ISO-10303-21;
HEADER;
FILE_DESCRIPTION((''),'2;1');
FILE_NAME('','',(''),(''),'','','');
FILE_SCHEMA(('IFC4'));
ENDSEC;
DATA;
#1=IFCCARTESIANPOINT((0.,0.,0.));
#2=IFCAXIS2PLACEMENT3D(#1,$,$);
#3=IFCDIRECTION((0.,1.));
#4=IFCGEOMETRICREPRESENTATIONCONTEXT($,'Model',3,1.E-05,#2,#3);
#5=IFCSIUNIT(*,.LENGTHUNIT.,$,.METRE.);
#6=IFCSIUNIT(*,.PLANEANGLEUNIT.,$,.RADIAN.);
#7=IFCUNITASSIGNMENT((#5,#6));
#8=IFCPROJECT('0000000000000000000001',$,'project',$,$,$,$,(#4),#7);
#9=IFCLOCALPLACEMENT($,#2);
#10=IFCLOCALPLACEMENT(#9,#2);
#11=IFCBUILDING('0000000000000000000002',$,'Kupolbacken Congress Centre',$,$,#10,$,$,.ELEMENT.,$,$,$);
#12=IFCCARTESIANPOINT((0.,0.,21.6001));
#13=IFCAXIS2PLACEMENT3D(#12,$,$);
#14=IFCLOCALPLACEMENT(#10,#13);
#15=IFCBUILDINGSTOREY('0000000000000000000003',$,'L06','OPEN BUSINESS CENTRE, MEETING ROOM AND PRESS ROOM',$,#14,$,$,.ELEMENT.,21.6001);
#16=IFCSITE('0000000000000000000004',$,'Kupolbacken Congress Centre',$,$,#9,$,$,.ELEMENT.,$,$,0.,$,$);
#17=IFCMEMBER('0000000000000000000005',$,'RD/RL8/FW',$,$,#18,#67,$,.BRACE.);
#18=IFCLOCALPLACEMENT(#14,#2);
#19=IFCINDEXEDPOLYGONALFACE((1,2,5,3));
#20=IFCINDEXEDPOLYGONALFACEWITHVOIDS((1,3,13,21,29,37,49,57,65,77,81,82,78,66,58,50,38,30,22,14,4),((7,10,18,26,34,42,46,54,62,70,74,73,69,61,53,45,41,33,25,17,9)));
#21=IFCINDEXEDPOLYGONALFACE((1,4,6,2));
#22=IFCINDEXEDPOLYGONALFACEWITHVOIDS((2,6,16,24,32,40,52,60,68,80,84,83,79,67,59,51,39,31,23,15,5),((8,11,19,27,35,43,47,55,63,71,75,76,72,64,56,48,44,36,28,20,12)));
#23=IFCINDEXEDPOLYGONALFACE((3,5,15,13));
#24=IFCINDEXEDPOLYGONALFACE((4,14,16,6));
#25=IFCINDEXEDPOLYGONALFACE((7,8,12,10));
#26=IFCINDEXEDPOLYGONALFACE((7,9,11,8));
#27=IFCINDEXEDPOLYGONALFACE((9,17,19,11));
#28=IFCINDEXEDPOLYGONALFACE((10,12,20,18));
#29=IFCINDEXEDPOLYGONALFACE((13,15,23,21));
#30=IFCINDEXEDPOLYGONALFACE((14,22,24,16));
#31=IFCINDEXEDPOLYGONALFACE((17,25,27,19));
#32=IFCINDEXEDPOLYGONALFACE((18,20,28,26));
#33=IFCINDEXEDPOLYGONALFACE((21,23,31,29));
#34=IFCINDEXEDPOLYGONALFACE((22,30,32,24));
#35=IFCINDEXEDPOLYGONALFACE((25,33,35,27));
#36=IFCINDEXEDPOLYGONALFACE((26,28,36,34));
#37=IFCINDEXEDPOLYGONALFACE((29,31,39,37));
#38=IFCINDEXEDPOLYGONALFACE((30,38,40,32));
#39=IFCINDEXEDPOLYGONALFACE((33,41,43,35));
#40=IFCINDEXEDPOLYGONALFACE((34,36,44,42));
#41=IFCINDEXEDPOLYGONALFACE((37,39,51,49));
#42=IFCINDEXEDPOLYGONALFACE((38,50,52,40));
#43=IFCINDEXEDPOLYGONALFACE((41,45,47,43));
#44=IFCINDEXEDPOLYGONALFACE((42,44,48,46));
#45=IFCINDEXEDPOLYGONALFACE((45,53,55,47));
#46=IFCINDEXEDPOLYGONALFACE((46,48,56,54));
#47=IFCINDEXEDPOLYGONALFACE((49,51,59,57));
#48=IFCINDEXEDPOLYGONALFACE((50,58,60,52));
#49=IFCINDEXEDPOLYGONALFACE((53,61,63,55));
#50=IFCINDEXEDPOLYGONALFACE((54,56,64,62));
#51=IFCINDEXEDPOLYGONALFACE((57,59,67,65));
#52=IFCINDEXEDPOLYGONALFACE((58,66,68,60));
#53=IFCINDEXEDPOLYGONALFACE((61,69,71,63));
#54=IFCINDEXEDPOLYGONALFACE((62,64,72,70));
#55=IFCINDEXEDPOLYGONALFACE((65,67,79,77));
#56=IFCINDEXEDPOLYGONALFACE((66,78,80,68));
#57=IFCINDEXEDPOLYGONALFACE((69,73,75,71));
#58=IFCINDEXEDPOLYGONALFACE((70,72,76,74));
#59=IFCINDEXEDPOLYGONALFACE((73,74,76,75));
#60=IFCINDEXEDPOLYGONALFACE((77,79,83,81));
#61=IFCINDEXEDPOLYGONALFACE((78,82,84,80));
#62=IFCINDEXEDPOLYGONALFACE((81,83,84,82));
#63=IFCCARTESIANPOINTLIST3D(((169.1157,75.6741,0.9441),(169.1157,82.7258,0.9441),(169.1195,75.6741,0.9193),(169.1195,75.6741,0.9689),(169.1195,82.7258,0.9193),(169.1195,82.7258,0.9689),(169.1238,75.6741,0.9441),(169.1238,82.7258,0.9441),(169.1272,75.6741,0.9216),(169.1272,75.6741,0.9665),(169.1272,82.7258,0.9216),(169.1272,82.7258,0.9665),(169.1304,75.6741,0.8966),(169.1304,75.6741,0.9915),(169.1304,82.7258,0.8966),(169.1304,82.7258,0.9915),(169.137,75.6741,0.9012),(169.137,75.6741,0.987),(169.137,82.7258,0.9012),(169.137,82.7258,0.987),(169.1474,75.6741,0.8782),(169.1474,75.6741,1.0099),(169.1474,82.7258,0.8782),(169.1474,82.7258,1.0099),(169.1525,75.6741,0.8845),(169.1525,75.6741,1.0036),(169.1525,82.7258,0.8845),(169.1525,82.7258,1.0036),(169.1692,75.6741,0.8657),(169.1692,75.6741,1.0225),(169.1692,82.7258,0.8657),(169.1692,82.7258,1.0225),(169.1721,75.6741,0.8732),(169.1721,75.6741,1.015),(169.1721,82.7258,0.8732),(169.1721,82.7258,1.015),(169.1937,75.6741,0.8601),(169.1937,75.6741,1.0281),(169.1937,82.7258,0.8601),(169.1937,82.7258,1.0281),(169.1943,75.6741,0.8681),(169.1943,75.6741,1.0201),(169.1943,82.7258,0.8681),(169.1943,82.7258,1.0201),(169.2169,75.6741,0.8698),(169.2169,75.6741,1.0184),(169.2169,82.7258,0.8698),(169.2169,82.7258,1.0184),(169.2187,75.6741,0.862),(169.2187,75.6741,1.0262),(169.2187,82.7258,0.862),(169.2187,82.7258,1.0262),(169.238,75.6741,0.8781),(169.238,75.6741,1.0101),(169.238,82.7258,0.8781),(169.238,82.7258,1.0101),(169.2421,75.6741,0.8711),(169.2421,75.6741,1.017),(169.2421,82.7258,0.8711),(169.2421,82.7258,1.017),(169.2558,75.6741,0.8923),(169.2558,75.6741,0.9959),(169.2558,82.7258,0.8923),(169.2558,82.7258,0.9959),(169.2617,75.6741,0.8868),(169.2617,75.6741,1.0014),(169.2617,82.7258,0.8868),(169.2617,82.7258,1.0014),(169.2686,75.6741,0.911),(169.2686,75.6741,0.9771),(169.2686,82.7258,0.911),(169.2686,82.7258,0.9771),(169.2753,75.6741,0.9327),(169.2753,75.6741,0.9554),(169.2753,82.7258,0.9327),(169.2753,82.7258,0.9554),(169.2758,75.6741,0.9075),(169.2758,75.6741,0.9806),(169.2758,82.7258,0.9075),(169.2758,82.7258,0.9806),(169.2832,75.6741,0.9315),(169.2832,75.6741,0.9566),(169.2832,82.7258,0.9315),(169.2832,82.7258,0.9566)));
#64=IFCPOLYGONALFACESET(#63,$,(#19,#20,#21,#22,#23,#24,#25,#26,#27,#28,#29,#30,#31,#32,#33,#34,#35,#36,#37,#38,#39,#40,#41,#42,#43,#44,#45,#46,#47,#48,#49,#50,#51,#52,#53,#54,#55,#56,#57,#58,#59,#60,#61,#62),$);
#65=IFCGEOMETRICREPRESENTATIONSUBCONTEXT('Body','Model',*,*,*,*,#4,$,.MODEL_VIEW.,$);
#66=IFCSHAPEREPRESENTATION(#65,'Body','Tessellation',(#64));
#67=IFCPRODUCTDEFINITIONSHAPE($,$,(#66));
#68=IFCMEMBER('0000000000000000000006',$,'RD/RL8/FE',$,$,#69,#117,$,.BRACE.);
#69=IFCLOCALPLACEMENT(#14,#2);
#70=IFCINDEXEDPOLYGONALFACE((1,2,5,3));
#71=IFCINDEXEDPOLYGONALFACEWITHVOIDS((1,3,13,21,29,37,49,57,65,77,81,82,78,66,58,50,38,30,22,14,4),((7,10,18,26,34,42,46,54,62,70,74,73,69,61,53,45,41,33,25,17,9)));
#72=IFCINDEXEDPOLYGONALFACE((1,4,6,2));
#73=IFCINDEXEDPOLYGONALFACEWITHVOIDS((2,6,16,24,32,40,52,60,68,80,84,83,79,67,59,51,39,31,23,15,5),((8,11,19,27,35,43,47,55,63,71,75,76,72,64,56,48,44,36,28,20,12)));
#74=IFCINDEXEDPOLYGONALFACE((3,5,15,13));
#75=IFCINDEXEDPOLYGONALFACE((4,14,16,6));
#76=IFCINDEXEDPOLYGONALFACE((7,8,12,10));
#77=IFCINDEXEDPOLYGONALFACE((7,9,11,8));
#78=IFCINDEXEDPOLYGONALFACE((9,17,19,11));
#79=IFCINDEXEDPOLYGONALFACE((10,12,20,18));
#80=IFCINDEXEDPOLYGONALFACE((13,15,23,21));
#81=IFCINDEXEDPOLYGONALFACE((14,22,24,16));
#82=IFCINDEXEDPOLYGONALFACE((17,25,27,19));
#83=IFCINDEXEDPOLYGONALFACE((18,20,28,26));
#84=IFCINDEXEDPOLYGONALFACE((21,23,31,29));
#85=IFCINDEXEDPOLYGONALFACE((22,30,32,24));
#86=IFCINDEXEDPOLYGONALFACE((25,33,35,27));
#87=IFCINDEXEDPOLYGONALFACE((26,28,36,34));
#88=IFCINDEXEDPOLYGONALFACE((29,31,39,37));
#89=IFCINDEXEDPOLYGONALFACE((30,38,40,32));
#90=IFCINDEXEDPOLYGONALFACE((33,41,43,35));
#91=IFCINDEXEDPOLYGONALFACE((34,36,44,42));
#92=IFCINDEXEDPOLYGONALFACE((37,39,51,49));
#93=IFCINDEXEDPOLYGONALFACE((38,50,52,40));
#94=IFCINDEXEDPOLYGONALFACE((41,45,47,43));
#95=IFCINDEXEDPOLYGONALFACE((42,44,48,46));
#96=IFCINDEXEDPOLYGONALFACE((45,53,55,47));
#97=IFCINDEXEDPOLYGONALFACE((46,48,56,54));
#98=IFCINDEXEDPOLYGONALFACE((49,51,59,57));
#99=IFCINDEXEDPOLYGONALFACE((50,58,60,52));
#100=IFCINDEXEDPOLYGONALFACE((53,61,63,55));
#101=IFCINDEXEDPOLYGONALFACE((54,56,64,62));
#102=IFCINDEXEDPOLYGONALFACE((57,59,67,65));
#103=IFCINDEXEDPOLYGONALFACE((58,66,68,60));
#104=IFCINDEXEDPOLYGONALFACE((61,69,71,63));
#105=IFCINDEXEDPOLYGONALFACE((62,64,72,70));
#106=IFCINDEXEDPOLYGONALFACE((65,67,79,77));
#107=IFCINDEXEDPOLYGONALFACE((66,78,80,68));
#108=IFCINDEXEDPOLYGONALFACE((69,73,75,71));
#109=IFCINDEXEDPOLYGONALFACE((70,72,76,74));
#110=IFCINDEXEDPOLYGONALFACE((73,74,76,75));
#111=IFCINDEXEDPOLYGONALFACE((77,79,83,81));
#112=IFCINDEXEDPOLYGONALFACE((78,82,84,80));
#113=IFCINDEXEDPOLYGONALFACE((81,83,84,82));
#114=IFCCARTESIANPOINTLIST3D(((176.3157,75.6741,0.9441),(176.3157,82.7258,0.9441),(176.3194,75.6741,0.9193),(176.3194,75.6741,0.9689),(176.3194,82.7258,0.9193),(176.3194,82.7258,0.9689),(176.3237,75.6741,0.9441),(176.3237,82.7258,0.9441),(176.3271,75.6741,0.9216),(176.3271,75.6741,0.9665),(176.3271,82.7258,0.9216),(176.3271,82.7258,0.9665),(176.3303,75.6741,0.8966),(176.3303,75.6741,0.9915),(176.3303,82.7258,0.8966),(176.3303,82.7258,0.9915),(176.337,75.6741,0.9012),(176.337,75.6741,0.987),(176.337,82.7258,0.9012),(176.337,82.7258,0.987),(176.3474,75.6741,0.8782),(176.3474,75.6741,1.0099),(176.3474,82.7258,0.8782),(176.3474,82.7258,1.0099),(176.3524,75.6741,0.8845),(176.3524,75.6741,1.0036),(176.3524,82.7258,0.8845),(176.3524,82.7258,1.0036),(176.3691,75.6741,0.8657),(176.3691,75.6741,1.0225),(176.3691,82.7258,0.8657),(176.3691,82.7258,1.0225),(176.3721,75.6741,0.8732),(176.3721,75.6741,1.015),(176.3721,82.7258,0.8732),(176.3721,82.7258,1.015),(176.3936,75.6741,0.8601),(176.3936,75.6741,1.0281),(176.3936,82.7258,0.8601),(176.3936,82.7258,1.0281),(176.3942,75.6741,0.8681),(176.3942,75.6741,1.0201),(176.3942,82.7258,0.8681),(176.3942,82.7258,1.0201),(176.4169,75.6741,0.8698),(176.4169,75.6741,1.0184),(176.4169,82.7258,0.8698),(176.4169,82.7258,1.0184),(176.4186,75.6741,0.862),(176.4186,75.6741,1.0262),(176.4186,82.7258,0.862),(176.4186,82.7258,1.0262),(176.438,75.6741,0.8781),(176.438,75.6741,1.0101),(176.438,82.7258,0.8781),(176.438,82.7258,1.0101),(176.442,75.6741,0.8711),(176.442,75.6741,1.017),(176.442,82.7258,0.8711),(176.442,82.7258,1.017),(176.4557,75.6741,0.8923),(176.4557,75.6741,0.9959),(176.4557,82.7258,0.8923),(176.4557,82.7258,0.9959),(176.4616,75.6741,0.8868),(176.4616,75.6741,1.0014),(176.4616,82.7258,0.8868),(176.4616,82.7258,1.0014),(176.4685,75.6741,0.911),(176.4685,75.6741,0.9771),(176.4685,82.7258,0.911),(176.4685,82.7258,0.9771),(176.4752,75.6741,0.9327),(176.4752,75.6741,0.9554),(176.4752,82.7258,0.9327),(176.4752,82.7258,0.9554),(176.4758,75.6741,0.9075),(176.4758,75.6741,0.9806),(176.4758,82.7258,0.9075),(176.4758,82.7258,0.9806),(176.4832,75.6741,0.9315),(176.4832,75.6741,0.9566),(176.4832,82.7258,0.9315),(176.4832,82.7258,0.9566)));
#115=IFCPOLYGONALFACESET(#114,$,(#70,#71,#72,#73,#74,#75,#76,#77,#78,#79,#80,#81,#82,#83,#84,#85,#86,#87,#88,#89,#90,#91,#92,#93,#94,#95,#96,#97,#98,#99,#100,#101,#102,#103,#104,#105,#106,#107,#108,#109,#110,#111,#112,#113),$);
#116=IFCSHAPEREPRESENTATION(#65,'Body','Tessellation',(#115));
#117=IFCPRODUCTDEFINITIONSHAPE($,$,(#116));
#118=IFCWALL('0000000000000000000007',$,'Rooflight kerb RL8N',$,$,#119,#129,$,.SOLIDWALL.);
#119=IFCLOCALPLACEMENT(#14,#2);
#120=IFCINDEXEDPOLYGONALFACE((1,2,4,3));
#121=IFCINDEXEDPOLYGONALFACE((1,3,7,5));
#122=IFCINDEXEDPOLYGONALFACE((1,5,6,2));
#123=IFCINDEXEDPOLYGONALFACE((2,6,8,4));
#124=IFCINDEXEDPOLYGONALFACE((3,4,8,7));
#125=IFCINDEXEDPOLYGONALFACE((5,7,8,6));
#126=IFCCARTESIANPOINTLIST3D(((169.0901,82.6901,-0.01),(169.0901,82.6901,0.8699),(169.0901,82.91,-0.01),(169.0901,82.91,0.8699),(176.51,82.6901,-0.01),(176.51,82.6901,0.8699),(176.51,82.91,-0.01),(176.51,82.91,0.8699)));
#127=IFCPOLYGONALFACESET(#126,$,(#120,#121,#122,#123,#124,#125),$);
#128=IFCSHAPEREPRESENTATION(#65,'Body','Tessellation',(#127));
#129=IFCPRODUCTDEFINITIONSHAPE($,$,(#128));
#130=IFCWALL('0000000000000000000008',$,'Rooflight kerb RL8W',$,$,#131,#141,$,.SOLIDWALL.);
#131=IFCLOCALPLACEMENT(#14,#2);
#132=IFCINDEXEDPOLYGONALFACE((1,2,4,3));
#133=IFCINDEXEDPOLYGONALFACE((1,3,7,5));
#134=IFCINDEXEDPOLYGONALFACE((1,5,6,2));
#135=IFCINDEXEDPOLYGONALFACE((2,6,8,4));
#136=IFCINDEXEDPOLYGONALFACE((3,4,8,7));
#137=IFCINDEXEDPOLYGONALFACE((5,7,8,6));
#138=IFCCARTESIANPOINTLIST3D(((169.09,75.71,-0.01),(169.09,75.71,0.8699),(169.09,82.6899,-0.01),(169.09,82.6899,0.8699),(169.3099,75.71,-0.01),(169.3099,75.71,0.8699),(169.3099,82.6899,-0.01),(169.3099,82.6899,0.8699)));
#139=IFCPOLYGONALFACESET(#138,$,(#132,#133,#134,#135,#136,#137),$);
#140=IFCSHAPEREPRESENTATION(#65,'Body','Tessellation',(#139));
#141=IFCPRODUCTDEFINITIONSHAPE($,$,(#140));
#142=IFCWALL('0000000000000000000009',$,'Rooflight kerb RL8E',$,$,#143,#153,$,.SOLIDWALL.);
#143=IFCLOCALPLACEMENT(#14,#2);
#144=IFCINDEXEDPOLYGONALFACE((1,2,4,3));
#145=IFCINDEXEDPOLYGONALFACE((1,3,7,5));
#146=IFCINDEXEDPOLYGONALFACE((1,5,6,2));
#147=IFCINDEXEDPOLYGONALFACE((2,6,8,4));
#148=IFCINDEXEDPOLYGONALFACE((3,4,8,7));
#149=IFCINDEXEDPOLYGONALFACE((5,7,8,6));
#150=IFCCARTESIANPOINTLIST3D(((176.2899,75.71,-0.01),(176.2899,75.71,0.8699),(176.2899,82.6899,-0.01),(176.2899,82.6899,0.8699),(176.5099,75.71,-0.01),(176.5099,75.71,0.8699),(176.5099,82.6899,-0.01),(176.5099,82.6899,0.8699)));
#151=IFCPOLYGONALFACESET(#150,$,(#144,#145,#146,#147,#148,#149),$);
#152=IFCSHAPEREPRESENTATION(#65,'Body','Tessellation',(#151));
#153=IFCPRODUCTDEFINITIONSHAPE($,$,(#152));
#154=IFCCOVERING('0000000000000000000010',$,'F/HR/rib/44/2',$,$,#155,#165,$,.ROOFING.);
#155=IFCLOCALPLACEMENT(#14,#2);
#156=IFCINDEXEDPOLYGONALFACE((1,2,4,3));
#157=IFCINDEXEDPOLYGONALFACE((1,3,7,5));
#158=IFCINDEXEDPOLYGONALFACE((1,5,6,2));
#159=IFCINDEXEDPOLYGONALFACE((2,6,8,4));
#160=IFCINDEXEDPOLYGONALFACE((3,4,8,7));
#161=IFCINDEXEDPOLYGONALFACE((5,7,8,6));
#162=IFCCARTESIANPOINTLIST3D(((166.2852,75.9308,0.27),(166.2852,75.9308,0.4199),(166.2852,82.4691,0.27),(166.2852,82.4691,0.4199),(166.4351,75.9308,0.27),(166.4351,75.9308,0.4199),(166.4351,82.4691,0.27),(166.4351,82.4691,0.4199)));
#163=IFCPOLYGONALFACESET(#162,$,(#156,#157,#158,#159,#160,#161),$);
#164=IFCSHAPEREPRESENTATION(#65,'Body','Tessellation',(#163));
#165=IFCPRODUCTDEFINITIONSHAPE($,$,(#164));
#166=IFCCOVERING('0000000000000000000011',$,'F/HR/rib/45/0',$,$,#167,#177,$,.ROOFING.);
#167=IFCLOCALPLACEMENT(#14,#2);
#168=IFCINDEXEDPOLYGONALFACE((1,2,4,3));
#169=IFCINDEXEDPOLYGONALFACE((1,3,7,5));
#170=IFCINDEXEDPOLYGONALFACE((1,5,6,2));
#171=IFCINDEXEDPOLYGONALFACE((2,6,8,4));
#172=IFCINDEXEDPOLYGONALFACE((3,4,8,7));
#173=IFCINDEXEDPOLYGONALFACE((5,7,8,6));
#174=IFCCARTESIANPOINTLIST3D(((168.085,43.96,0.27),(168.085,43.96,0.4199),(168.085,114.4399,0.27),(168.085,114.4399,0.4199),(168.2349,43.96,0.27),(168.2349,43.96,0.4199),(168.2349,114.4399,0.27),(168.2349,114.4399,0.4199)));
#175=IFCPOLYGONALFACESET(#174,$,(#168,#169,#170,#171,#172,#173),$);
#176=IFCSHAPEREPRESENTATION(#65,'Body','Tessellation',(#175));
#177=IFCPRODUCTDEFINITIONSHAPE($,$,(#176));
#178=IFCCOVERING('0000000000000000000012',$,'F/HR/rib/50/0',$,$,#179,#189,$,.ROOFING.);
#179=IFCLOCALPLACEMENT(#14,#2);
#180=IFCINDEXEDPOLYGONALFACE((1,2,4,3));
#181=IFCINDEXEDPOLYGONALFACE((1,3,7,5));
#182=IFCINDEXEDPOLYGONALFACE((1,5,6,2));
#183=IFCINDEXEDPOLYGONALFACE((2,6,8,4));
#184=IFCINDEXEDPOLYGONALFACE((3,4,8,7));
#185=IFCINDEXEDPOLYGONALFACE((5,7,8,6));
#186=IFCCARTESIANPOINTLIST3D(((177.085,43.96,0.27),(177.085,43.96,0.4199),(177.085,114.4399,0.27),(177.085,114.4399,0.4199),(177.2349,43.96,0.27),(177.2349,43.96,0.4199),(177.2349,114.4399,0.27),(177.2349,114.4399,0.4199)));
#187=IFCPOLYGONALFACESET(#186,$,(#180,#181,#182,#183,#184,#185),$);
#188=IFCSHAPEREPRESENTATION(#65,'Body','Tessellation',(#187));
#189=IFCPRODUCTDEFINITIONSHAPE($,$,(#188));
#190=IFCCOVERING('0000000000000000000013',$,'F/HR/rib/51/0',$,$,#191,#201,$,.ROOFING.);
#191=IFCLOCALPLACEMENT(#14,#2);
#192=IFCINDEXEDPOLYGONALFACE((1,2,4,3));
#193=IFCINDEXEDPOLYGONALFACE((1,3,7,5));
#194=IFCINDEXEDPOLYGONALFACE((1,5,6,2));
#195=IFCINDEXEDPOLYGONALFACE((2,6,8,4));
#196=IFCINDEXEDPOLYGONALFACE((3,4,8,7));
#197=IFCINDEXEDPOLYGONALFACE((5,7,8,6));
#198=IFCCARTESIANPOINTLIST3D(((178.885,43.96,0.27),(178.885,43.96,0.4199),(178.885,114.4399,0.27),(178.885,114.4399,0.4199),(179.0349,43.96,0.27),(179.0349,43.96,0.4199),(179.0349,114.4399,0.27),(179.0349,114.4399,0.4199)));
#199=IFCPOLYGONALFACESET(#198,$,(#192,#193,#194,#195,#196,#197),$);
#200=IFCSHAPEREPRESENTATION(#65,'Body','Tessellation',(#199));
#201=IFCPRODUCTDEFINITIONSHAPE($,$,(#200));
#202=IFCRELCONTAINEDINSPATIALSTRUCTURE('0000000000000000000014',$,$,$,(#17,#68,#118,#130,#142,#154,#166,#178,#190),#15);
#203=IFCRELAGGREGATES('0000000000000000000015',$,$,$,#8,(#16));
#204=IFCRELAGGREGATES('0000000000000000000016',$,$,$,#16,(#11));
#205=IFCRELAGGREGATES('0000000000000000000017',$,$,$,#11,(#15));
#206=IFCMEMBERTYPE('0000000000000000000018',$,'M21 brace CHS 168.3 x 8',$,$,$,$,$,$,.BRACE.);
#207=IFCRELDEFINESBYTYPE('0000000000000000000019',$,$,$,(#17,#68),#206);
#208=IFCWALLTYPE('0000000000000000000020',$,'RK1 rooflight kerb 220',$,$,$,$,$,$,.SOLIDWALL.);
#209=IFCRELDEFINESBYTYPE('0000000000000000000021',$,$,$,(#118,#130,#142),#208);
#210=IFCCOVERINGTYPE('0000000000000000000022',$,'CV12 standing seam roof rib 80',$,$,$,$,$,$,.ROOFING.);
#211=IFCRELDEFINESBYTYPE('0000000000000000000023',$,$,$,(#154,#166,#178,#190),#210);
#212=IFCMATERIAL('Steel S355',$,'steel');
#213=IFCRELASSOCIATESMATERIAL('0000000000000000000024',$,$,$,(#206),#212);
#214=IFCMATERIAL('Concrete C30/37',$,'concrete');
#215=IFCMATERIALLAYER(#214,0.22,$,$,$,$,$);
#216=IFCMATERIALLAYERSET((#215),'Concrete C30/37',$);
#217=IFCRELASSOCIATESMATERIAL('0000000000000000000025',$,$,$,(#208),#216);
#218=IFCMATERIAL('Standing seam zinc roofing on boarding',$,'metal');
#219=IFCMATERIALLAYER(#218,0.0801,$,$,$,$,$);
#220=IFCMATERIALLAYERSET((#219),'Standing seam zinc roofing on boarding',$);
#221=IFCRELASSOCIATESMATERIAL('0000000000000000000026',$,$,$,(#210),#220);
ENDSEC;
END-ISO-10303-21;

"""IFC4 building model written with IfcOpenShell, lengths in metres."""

from ifc_helpers import new_model, si_unit, direction, frame, frame_2d, origin, origin_2d, place, context, subcontext, project, spatial, rectangle, hollow_circle, extrude, material, layer, layer_set, material_profile, profile_set, type_object, element, save


model = new_model("IFC4")

# Units and contexts
model_context = context("Model", 3, precision=1e-05, world=origin(), true_north=direction((0.0, 1.0)))
body_context = subcontext(model_context, "Body", "Model", "MODEL_VIEW")
ifc_project = project(units=[si_unit("LENGTHUNIT", "METRE"), si_unit("PLANEANGLEUNIT", "RADIAN")], contexts=[model_context])

# Site, building, storey
site_placement = place(None, origin())
site = spatial("IfcSite", under=ifc_project, at=site_placement, Name="Kupolbacken Congress Centre", CompositionType="ELEMENT", RefElevation=0.0)
building_placement = place(site_placement, origin())
building = spatial("IfcBuilding", under=site, at=building_placement, Name="Kupolbacken Congress Centre", CompositionType="ELEMENT")
storey_placement = place(building_placement, frame((0.0, 0.0, 21.6001)))
storey = spatial("IfcBuildingStorey", under=building, at=storey_placement, Name="L06", Description="OPEN BUSINESS CENTRE, MEETING ROOM AND PRESS ROOM", CompositionType="ELEMENT", Elevation=21.6001)

# Members
ifc_material_1 = material(Name="Steel S355", Category="steel")
ifc_material_profile_1 = material_profile(ifc_material_1, hollow_circle(Radius=0.0842, WallThickness=0.0081, at=origin_2d()), Name="CHS 168.3 x 8")
ifc_profile_set_1 = profile_set([ifc_material_profile_1], Name="Steel S355")
member_type_1 = type_object("IfcMemberType", Name="M21 brace CHS 168.3 x 8", PredefinedType="BRACE", material=ifc_profile_set_1)
for number, where, z_axis, x_axis, name in (
    (1, (169.2, 75.6741, 0.9441), (0.0, 1.0, 0.0), (-1.0, 0.0, 0.0), "RD/RL8/FW"),
    (2, (176.3999, 75.6741, 0.9441), (0.0, 1.0, 0.0), (-1.0, 0.0, 0.0), "RD/RL8/FE"),
):
    element("IfcMember", number, at=place(storey_placement, frame(where, z_axis=z_axis, x_axis=x_axis)), inside=storey, type_object=member_type_1, Name=name, PredefinedType="BRACE", context=body_context, shape_type="SweptSolid", body=[
        extrude(hollow_circle(Radius=0.0842, WallThickness=0.0081, at=origin_2d()), origin(), (0.0, 0.0, 1.0), 7.0518),
    ])

# Walls
ifc_material_2 = material(Name="Concrete C30/37", Category="concrete")
ifc_layer_1 = layer(ifc_material_2, 0.22)
ifc_layer_set_1 = layer_set([ifc_layer_1], Name="Concrete C30/37")
wall_type = type_object("IfcWallType", Name="RK1 rooflight kerb 220", PredefinedType="SOLIDWALL", material=ifc_layer_set_1)
wall_placement = place(storey_placement, frame((169.0901, 82.8, -0.01), z_axis=(0.0, 0.0, 1.0), x_axis=(1.0, 0.0, 0.0)))
element("IfcWall", 3, at=wall_placement, inside=storey, type_object=wall_type, Name="Rooflight kerb RL8N", PredefinedType="SOLIDWALL", context=body_context, shape_type="SweptSolid", body=[
    extrude(rectangle(XDim=7.4199, YDim=0.22, at=frame_2d((3.71, 0.0))), origin(), (0.0, 0.0, 1.0), 0.8799),
])
for number, where, z_axis, x_axis, name in (
    (4, (169.2, 75.71, -0.01), (0.0, 0.0, 1.0), (0.0, 1.0, 0.0), "Rooflight kerb RL8W"),
    (5, (176.3999, 75.71, -0.01), (0.0, 0.0, 1.0), (0.0, 1.0, 0.0), "Rooflight kerb RL8E"),
):
    element("IfcWall", number, at=place(storey_placement, frame(where, z_axis=z_axis, x_axis=x_axis)), inside=storey, type_object=wall_type, Name=name, PredefinedType="SOLIDWALL", context=body_context, shape_type="SweptSolid", body=[
        extrude(rectangle(XDim=6.98, YDim=0.22, at=frame_2d((3.49, 0.0))), origin(), (0.0, 0.0, 1.0), 0.8799),
    ])

# Coverings
ifc_material_3 = material(Name="Standing seam zinc roofing on boarding", Category="metal")
ifc_layer_2 = layer(ifc_material_3, 0.0801)
ifc_layer_set_2 = layer_set([ifc_layer_2], Name="Standing seam zinc roofing on boarding")
covering_type = type_object("IfcCoveringType", Name="CV12 standing seam roof rib 80", PredefinedType="ROOFING", material=ifc_layer_set_2)
covering_placement = place(storey_placement, frame((166.3601, 79.2, 0.27), z_axis=(0.0, 0.0, 1.0), x_axis=(0.0, 1.0, 0.0)))
element("IfcCovering", 6, at=covering_placement, inside=storey, type_object=covering_type, Name="F/HR/rib/44/2", PredefinedType="ROOFING", context=body_context, shape_type="SweptSolid", body=[
    extrude(rectangle(XDim=6.5383, YDim=0.1499, at=origin_2d()), origin(), (0.0, 0.0, 1.0), 0.1499),
])
for number, where, z_axis, x_axis, name in (
    (7, (168.1599, 79.2, 0.27), (0.0, 0.0, 1.0), (0.0, 1.0, 0.0), "F/HR/rib/45/0"),
    (8, (177.1599, 79.2, 0.27), (0.0, 0.0, 1.0), (0.0, 1.0, 0.0), "F/HR/rib/50/0"),
    (9, (178.96, 79.2, 0.27), (0.0, 0.0, 1.0), (0.0, 1.0, 0.0), "F/HR/rib/51/0"),
):
    element("IfcCovering", number, at=place(storey_placement, frame(where, z_axis=z_axis, x_axis=x_axis)), inside=storey, type_object=covering_type, Name=name, PredefinedType="ROOFING", context=body_context, shape_type="SweptSolid", body=[
        extrude(rectangle(XDim=70.48, YDim=0.1499, at=origin_2d()), origin(), (0.0, 0.0, 1.0), 0.1499),
    ])

save(model, "model.ifc")
